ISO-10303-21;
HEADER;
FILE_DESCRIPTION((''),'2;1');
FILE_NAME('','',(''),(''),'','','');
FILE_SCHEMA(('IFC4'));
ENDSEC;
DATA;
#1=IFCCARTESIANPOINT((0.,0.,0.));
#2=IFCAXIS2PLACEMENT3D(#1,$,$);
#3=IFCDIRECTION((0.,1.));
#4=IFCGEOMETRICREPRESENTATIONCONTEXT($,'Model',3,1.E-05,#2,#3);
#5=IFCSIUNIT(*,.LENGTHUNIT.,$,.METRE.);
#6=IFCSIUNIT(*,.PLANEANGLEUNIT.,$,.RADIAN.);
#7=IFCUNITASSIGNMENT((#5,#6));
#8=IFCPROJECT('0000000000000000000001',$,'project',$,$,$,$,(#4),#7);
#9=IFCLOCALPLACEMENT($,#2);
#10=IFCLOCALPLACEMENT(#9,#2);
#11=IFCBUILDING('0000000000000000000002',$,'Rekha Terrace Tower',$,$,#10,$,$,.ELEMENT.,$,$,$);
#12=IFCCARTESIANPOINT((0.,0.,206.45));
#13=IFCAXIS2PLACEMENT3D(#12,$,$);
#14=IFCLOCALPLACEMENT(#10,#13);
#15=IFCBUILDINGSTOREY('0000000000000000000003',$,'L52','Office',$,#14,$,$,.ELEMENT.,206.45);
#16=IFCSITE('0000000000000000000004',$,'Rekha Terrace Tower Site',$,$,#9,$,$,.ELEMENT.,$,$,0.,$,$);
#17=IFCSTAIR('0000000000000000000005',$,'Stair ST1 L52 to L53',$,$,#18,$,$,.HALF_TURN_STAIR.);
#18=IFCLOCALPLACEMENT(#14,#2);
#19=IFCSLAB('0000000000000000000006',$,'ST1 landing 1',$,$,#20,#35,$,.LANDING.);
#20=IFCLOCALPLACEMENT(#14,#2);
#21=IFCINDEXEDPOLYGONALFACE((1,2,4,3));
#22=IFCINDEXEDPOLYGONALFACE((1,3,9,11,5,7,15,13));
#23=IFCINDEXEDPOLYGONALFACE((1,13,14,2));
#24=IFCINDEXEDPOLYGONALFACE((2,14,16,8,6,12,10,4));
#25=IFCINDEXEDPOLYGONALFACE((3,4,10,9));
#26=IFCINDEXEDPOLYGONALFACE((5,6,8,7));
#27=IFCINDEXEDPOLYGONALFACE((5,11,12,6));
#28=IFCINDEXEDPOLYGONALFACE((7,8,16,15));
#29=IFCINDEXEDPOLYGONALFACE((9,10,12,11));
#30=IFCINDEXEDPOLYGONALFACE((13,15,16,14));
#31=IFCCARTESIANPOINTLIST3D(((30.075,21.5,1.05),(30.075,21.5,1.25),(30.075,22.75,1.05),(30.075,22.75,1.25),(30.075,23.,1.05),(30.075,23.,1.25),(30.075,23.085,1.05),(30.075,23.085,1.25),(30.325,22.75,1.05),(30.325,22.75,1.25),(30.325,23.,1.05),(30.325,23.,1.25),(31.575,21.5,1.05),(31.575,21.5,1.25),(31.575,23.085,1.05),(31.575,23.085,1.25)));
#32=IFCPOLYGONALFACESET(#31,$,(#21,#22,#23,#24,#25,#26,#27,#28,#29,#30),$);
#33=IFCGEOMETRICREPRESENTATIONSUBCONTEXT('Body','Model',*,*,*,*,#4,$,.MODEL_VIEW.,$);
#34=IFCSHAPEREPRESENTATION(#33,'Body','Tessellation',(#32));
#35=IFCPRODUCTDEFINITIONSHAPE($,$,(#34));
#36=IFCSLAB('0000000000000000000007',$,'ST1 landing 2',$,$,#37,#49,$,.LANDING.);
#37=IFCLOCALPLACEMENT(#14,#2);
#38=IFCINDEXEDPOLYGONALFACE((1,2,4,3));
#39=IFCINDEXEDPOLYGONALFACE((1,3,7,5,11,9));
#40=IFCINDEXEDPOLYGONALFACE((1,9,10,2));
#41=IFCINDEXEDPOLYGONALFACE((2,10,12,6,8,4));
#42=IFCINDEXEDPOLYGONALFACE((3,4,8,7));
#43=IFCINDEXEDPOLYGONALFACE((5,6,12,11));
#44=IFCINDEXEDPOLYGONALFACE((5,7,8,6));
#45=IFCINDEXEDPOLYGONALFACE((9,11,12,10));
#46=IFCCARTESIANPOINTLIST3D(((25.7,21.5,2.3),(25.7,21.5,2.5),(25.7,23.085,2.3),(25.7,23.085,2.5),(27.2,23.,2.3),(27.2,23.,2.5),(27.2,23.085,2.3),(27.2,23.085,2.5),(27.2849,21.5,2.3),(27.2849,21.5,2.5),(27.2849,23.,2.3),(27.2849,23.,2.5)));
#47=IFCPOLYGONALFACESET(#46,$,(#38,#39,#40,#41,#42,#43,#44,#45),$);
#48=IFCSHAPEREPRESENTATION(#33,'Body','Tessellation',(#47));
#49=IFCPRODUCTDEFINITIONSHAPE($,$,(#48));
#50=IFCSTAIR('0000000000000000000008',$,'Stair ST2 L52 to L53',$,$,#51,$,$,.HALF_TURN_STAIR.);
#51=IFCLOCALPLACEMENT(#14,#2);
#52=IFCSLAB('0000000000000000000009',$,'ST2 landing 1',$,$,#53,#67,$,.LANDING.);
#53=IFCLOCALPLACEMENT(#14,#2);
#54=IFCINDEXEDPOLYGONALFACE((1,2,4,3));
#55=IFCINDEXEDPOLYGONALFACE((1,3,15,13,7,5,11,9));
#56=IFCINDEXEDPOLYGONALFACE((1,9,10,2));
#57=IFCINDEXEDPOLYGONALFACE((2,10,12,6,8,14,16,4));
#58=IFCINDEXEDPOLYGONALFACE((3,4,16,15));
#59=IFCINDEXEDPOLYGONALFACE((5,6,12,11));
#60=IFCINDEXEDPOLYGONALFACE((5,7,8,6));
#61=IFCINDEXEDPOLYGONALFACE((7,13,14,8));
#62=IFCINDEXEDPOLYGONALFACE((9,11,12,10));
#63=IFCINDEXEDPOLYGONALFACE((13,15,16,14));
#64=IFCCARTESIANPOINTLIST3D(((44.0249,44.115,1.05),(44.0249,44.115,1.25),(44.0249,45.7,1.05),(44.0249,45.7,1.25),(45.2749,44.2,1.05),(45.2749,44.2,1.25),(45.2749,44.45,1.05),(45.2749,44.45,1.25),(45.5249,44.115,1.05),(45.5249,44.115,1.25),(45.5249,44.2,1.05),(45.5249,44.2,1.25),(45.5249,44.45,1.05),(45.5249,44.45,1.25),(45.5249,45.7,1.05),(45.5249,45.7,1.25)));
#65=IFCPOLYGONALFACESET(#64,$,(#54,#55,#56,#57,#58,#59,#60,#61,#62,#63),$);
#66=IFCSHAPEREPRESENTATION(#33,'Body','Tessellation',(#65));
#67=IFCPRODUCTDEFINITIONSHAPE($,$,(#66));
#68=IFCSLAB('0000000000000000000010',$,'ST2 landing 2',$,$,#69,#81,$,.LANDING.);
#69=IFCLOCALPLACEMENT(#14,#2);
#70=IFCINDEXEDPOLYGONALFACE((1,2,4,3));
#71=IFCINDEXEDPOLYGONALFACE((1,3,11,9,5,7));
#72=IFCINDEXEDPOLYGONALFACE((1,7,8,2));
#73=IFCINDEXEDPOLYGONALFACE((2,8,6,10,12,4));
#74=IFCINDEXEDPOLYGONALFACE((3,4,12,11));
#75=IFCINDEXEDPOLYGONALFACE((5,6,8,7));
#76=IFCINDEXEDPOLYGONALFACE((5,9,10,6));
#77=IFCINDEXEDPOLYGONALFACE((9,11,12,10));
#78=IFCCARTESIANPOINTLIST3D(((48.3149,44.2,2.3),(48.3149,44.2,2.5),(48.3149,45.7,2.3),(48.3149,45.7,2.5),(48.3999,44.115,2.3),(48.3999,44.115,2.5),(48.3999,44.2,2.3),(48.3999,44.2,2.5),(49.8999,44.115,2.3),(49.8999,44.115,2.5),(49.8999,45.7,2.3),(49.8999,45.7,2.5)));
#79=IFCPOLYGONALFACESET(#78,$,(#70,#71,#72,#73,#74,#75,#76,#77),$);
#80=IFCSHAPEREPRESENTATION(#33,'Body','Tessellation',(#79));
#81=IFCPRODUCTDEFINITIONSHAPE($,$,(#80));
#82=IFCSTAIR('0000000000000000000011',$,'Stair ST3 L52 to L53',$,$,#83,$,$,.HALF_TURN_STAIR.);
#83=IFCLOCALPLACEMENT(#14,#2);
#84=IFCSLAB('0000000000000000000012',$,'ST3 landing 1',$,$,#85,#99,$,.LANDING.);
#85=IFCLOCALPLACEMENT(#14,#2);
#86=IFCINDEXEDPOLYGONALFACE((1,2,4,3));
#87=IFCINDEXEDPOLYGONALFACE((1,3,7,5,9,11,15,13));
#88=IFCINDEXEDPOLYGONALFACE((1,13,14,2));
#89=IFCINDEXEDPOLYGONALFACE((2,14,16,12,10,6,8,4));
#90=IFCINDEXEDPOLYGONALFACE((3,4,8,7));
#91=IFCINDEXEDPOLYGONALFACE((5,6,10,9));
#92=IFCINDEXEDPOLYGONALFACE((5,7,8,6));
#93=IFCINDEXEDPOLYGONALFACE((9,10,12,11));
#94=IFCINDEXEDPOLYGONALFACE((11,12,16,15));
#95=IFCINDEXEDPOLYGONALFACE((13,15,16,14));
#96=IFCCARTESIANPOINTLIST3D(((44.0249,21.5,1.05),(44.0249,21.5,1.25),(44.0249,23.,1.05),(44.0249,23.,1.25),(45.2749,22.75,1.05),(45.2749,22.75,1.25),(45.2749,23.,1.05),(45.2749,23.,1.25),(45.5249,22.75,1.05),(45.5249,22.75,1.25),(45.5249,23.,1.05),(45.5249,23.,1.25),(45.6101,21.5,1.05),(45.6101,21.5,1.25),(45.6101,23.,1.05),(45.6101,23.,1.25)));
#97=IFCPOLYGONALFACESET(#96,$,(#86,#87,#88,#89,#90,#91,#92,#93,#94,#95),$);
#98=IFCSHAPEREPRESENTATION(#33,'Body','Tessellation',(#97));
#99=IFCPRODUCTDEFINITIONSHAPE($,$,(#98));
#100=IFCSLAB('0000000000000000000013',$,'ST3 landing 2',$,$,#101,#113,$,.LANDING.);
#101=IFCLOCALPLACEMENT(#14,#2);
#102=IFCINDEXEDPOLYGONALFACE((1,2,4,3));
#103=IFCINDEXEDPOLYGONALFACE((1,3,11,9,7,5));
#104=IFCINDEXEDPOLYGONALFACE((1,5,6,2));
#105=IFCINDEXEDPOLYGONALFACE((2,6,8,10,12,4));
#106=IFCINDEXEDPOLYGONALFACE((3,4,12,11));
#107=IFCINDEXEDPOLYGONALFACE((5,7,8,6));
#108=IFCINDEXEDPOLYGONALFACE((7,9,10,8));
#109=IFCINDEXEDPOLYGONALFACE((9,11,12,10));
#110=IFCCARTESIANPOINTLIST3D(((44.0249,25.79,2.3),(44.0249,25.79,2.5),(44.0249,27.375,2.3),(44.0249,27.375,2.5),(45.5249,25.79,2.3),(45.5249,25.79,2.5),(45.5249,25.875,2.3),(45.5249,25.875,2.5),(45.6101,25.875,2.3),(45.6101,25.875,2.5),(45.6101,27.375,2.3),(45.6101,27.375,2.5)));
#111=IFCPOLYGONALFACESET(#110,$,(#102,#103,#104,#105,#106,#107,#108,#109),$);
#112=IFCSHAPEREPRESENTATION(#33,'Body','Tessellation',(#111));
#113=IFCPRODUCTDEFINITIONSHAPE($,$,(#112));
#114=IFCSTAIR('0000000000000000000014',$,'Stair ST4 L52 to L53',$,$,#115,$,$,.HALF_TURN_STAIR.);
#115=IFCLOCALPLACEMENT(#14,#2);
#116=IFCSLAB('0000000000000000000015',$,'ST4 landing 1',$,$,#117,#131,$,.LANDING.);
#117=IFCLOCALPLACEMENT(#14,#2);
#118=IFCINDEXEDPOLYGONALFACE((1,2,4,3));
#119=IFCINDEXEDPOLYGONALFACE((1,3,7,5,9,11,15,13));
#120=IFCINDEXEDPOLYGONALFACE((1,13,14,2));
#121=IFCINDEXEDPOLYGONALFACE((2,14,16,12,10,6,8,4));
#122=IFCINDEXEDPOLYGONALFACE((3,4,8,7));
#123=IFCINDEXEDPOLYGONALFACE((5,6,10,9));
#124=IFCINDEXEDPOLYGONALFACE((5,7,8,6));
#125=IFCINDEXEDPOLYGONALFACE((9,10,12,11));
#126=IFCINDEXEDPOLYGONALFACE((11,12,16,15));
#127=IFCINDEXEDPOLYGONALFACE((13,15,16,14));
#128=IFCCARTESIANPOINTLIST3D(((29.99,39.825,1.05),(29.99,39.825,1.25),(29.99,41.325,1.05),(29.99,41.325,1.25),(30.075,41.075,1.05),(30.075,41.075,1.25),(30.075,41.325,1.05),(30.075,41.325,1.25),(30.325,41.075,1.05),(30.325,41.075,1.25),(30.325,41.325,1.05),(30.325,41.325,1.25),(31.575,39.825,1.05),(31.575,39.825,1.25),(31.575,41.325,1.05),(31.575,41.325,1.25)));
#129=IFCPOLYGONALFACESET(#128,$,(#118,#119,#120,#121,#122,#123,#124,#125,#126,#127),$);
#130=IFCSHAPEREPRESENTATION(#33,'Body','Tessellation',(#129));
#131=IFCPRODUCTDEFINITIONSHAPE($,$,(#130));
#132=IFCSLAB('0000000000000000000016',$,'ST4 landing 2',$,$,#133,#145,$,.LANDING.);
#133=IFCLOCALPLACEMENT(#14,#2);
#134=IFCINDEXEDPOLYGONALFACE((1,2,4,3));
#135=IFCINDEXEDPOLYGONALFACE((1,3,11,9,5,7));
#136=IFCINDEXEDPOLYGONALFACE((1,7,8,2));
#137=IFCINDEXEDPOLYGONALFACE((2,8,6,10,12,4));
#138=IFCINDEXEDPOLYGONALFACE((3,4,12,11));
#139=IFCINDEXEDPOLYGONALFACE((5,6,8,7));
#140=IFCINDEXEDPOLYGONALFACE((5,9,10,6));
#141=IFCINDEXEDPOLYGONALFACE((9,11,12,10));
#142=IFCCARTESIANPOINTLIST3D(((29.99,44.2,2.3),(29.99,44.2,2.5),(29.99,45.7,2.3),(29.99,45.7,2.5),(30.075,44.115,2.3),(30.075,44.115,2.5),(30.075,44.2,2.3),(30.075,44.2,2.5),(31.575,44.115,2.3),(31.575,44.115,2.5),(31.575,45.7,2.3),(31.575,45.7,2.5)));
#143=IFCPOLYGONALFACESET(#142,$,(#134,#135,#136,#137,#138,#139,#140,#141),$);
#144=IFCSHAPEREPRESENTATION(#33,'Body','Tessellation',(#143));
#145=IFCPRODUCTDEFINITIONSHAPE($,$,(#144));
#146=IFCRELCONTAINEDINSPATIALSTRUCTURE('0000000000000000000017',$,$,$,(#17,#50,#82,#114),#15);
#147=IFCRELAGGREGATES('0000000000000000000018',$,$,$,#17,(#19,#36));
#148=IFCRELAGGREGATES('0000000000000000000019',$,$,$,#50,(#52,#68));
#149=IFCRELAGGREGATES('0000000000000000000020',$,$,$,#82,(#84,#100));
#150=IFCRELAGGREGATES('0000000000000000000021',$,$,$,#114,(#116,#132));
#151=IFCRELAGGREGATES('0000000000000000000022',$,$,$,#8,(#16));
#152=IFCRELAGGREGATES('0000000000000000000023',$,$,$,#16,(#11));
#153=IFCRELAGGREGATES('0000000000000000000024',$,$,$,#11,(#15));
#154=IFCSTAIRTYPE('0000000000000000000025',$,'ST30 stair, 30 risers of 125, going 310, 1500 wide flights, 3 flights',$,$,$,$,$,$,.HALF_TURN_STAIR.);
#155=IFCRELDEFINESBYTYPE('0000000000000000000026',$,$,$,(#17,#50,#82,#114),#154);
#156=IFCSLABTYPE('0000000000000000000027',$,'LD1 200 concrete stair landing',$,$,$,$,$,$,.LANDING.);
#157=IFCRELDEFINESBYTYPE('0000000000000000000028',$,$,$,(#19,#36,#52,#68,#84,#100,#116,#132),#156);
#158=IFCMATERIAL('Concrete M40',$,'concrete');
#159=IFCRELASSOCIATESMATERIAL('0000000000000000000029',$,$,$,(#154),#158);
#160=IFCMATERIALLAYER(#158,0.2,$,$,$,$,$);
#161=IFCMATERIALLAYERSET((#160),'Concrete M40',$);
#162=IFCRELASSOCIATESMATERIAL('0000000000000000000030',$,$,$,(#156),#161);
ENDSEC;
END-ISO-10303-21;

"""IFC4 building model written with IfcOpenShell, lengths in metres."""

from ifc_helpers import new_model, si_unit, direction, frame, origin, place, context, subcontext, project, spatial, polyline, outline, extrude, material, layer, layer_set, type_object, element, aggregate, save


model = new_model("IFC4")

# Units and contexts
model_context = context("Model", 3, precision=1e-05, world=origin(), true_north=direction((0.0, 1.0)))
body_context = subcontext(model_context, "Body", "Model", "MODEL_VIEW")
ifc_project = project(units=[si_unit("LENGTHUNIT", "METRE"), si_unit("PLANEANGLEUNIT", "RADIAN")], contexts=[model_context])

# Site, building, storey
site_placement = place(None, origin())
site = spatial("IfcSite", under=ifc_project, at=site_placement, Name="Rekha Terrace Tower Site", CompositionType="ELEMENT", RefElevation=0.0)
building_placement = place(site_placement, origin())
building = spatial("IfcBuilding", under=site, at=building_placement, Name="Rekha Terrace Tower", CompositionType="ELEMENT")
storey_placement = place(building_placement, frame((0.0, 0.0, 206.45)))
storey = spatial("IfcBuildingStorey", under=building, at=storey_placement, Name="L52", Description="Office", CompositionType="ELEMENT", Elevation=206.45)

# Stairs, slabs
ifc_material_1 = material(Name="Concrete M40", Category="concrete")
stair_type = type_object("IfcStairType", Name="ST30 stair, 30 risers of 125, going 310, 1500 wide flights, 3 flights", PredefinedType="HALF_TURN_STAIR", material=ifc_material_1)
stair_1_placement = place(storey_placement, origin())
stair_1 = element("IfcStair", 1, at=stair_1_placement, inside=storey, type_object=stair_type, Name="Stair ST1 L52 to L53", PredefinedType="HALF_TURN_STAIR")
ifc_layer_1 = layer(ifc_material_1, 0.2)
ifc_layer_set_1 = layer_set([ifc_layer_1], Name="Concrete M40")
slab_type_1 = type_object("IfcSlabType", Name="LD1 200 concrete stair landing", PredefinedType="LANDING", material=ifc_layer_set_1)
slab_1_placement = place(storey_placement, frame((0.0, 0.0, 1.05)))
slab_1 = element("IfcSlab", 2, at=slab_1_placement, type_object=slab_type_1, Name="ST1 landing 1", PredefinedType="LANDING", context=body_context, shape_type="SweptSolid", body=[
    extrude(outline(polyline([(30.075, 21.5), (31.575, 21.5), (31.575, 23.085), (30.075, 23.085), (30.075, 23.0), (30.325, 23.0), (30.325, 22.75), (30.075, 22.75), (30.075, 21.5)])), origin(), (0.0, 0.0, 1.0), 0.2),
])
slab_2_placement = place(storey_placement, frame((0.0, 0.0, 2.3)))
slab_2 = element("IfcSlab", 3, at=slab_2_placement, type_object=slab_type_1, Name="ST1 landing 2", PredefinedType="LANDING", context=body_context, shape_type="SweptSolid", body=[
    extrude(outline(polyline([(27.2, 23.085), (25.7, 23.085), (25.7, 21.5), (27.2849, 21.5), (27.2849, 23.0), (27.2, 23.0), (27.2, 23.085)])), origin(), (0.0, 0.0, 1.0), 0.2),
])
aggregate(stair_1, [slab_1, slab_2])
stair_2_placement = place(storey_placement, origin())
stair_2 = element("IfcStair", 4, at=stair_2_placement, inside=storey, type_object=stair_type, Name="Stair ST2 L52 to L53", PredefinedType="HALF_TURN_STAIR")
slab_3_placement = place(storey_placement, frame((0.0, 0.0, 1.05)))
slab_3 = element("IfcSlab", 5, at=slab_3_placement, type_object=slab_type_1, Name="ST2 landing 1", PredefinedType="LANDING", context=body_context, shape_type="SweptSolid", body=[
    extrude(outline(polyline([(45.5249, 45.7), (44.0249, 45.7), (44.0249, 44.115), (45.5249, 44.115), (45.5249, 44.2), (45.2749, 44.2), (45.2749, 44.45), (45.5249, 44.45), (45.5249, 45.7)])), origin(), (0.0, 0.0, 1.0), 0.2),
])
slab_4_placement = place(storey_placement, frame((0.0, 0.0, 2.3)))
slab_4 = element("IfcSlab", 6, at=slab_4_placement, type_object=slab_type_1, Name="ST2 landing 2", PredefinedType="LANDING", context=body_context, shape_type="SweptSolid", body=[
    extrude(outline(polyline([(48.3999, 44.115), (49.8999, 44.115), (49.8999, 45.7), (48.3149, 45.7), (48.3149, 44.2), (48.3999, 44.2), (48.3999, 44.115)])), origin(), (0.0, 0.0, 1.0), 0.2),
])
aggregate(stair_2, [slab_3, slab_4])
stair_3_placement = place(storey_placement, origin())
stair_3 = element("IfcStair", 7, at=stair_3_placement, inside=storey, type_object=stair_type, Name="Stair ST3 L52 to L53", PredefinedType="HALF_TURN_STAIR")
slab_5_placement = place(storey_placement, frame((0.0, 0.0, 1.05)))
slab_5 = element("IfcSlab", 8, at=slab_5_placement, type_object=slab_type_1, Name="ST3 landing 1", PredefinedType="LANDING", context=body_context, shape_type="SweptSolid", body=[
    extrude(outline(polyline([(44.0249, 23.0), (44.0249, 21.5), (45.6101, 21.5), (45.6101, 23.0), (45.5249, 23.0), (45.5249, 22.75), (45.2749, 22.75), (45.2749, 23.0), (44.0249, 23.0)])), origin(), (0.0, 0.0, 1.0), 0.2),
])
slab_6_placement = place(storey_placement, frame((0.0, 0.0, 2.3)))
slab_6 = element("IfcSlab", 9, at=slab_6_placement, type_object=slab_type_1, Name="ST3 landing 2", PredefinedType="LANDING", context=body_context, shape_type="SweptSolid", body=[
    extrude(outline(polyline([(45.6101, 25.875), (45.6101, 27.375), (44.0249, 27.375), (44.0249, 25.79), (45.5249, 25.79), (45.5249, 25.875), (45.6101, 25.875)])), origin(), (0.0, 0.0, 1.0), 0.2),
])
aggregate(stair_3, [slab_5, slab_6])
stair_4_placement = place(storey_placement, origin())
stair_4 = element("IfcStair", 10, at=stair_4_placement, inside=storey, type_object=stair_type, Name="Stair ST4 L52 to L53", PredefinedType="HALF_TURN_STAIR")
slab_7_placement = place(storey_placement, frame((0.0, 0.0, 1.05)))
slab_7 = element("IfcSlab", 11, at=slab_7_placement, type_object=slab_type_1, Name="ST4 landing 1", PredefinedType="LANDING", context=body_context, shape_type="SweptSolid", body=[
    extrude(outline(polyline([(31.575, 41.325), (31.575, 39.825), (29.99, 39.825), (29.99, 41.325), (30.075, 41.325), (30.075, 41.075), (30.325, 41.075), (30.325, 41.325), (31.575, 41.325)])), origin(), (0.0, 0.0, 1.0), 0.2),
])
slab_8_placement = place(storey_placement, frame((0.0, 0.0, 2.3)))
slab_8 = element("IfcSlab", 12, at=slab_8_placement, type_object=slab_type_1, Name="ST4 landing 2", PredefinedType="LANDING", context=body_context, shape_type="SweptSolid", body=[
    extrude(outline(polyline([(29.99, 44.2), (29.99, 45.7), (31.575, 45.7), (31.575, 44.115), (30.075, 44.115), (30.075, 44.2), (29.99, 44.2)])), origin(), (0.0, 0.0, 1.0), 0.2),
])
aggregate(stair_4, [slab_7, slab_8])

save(model, "model.ifc")
